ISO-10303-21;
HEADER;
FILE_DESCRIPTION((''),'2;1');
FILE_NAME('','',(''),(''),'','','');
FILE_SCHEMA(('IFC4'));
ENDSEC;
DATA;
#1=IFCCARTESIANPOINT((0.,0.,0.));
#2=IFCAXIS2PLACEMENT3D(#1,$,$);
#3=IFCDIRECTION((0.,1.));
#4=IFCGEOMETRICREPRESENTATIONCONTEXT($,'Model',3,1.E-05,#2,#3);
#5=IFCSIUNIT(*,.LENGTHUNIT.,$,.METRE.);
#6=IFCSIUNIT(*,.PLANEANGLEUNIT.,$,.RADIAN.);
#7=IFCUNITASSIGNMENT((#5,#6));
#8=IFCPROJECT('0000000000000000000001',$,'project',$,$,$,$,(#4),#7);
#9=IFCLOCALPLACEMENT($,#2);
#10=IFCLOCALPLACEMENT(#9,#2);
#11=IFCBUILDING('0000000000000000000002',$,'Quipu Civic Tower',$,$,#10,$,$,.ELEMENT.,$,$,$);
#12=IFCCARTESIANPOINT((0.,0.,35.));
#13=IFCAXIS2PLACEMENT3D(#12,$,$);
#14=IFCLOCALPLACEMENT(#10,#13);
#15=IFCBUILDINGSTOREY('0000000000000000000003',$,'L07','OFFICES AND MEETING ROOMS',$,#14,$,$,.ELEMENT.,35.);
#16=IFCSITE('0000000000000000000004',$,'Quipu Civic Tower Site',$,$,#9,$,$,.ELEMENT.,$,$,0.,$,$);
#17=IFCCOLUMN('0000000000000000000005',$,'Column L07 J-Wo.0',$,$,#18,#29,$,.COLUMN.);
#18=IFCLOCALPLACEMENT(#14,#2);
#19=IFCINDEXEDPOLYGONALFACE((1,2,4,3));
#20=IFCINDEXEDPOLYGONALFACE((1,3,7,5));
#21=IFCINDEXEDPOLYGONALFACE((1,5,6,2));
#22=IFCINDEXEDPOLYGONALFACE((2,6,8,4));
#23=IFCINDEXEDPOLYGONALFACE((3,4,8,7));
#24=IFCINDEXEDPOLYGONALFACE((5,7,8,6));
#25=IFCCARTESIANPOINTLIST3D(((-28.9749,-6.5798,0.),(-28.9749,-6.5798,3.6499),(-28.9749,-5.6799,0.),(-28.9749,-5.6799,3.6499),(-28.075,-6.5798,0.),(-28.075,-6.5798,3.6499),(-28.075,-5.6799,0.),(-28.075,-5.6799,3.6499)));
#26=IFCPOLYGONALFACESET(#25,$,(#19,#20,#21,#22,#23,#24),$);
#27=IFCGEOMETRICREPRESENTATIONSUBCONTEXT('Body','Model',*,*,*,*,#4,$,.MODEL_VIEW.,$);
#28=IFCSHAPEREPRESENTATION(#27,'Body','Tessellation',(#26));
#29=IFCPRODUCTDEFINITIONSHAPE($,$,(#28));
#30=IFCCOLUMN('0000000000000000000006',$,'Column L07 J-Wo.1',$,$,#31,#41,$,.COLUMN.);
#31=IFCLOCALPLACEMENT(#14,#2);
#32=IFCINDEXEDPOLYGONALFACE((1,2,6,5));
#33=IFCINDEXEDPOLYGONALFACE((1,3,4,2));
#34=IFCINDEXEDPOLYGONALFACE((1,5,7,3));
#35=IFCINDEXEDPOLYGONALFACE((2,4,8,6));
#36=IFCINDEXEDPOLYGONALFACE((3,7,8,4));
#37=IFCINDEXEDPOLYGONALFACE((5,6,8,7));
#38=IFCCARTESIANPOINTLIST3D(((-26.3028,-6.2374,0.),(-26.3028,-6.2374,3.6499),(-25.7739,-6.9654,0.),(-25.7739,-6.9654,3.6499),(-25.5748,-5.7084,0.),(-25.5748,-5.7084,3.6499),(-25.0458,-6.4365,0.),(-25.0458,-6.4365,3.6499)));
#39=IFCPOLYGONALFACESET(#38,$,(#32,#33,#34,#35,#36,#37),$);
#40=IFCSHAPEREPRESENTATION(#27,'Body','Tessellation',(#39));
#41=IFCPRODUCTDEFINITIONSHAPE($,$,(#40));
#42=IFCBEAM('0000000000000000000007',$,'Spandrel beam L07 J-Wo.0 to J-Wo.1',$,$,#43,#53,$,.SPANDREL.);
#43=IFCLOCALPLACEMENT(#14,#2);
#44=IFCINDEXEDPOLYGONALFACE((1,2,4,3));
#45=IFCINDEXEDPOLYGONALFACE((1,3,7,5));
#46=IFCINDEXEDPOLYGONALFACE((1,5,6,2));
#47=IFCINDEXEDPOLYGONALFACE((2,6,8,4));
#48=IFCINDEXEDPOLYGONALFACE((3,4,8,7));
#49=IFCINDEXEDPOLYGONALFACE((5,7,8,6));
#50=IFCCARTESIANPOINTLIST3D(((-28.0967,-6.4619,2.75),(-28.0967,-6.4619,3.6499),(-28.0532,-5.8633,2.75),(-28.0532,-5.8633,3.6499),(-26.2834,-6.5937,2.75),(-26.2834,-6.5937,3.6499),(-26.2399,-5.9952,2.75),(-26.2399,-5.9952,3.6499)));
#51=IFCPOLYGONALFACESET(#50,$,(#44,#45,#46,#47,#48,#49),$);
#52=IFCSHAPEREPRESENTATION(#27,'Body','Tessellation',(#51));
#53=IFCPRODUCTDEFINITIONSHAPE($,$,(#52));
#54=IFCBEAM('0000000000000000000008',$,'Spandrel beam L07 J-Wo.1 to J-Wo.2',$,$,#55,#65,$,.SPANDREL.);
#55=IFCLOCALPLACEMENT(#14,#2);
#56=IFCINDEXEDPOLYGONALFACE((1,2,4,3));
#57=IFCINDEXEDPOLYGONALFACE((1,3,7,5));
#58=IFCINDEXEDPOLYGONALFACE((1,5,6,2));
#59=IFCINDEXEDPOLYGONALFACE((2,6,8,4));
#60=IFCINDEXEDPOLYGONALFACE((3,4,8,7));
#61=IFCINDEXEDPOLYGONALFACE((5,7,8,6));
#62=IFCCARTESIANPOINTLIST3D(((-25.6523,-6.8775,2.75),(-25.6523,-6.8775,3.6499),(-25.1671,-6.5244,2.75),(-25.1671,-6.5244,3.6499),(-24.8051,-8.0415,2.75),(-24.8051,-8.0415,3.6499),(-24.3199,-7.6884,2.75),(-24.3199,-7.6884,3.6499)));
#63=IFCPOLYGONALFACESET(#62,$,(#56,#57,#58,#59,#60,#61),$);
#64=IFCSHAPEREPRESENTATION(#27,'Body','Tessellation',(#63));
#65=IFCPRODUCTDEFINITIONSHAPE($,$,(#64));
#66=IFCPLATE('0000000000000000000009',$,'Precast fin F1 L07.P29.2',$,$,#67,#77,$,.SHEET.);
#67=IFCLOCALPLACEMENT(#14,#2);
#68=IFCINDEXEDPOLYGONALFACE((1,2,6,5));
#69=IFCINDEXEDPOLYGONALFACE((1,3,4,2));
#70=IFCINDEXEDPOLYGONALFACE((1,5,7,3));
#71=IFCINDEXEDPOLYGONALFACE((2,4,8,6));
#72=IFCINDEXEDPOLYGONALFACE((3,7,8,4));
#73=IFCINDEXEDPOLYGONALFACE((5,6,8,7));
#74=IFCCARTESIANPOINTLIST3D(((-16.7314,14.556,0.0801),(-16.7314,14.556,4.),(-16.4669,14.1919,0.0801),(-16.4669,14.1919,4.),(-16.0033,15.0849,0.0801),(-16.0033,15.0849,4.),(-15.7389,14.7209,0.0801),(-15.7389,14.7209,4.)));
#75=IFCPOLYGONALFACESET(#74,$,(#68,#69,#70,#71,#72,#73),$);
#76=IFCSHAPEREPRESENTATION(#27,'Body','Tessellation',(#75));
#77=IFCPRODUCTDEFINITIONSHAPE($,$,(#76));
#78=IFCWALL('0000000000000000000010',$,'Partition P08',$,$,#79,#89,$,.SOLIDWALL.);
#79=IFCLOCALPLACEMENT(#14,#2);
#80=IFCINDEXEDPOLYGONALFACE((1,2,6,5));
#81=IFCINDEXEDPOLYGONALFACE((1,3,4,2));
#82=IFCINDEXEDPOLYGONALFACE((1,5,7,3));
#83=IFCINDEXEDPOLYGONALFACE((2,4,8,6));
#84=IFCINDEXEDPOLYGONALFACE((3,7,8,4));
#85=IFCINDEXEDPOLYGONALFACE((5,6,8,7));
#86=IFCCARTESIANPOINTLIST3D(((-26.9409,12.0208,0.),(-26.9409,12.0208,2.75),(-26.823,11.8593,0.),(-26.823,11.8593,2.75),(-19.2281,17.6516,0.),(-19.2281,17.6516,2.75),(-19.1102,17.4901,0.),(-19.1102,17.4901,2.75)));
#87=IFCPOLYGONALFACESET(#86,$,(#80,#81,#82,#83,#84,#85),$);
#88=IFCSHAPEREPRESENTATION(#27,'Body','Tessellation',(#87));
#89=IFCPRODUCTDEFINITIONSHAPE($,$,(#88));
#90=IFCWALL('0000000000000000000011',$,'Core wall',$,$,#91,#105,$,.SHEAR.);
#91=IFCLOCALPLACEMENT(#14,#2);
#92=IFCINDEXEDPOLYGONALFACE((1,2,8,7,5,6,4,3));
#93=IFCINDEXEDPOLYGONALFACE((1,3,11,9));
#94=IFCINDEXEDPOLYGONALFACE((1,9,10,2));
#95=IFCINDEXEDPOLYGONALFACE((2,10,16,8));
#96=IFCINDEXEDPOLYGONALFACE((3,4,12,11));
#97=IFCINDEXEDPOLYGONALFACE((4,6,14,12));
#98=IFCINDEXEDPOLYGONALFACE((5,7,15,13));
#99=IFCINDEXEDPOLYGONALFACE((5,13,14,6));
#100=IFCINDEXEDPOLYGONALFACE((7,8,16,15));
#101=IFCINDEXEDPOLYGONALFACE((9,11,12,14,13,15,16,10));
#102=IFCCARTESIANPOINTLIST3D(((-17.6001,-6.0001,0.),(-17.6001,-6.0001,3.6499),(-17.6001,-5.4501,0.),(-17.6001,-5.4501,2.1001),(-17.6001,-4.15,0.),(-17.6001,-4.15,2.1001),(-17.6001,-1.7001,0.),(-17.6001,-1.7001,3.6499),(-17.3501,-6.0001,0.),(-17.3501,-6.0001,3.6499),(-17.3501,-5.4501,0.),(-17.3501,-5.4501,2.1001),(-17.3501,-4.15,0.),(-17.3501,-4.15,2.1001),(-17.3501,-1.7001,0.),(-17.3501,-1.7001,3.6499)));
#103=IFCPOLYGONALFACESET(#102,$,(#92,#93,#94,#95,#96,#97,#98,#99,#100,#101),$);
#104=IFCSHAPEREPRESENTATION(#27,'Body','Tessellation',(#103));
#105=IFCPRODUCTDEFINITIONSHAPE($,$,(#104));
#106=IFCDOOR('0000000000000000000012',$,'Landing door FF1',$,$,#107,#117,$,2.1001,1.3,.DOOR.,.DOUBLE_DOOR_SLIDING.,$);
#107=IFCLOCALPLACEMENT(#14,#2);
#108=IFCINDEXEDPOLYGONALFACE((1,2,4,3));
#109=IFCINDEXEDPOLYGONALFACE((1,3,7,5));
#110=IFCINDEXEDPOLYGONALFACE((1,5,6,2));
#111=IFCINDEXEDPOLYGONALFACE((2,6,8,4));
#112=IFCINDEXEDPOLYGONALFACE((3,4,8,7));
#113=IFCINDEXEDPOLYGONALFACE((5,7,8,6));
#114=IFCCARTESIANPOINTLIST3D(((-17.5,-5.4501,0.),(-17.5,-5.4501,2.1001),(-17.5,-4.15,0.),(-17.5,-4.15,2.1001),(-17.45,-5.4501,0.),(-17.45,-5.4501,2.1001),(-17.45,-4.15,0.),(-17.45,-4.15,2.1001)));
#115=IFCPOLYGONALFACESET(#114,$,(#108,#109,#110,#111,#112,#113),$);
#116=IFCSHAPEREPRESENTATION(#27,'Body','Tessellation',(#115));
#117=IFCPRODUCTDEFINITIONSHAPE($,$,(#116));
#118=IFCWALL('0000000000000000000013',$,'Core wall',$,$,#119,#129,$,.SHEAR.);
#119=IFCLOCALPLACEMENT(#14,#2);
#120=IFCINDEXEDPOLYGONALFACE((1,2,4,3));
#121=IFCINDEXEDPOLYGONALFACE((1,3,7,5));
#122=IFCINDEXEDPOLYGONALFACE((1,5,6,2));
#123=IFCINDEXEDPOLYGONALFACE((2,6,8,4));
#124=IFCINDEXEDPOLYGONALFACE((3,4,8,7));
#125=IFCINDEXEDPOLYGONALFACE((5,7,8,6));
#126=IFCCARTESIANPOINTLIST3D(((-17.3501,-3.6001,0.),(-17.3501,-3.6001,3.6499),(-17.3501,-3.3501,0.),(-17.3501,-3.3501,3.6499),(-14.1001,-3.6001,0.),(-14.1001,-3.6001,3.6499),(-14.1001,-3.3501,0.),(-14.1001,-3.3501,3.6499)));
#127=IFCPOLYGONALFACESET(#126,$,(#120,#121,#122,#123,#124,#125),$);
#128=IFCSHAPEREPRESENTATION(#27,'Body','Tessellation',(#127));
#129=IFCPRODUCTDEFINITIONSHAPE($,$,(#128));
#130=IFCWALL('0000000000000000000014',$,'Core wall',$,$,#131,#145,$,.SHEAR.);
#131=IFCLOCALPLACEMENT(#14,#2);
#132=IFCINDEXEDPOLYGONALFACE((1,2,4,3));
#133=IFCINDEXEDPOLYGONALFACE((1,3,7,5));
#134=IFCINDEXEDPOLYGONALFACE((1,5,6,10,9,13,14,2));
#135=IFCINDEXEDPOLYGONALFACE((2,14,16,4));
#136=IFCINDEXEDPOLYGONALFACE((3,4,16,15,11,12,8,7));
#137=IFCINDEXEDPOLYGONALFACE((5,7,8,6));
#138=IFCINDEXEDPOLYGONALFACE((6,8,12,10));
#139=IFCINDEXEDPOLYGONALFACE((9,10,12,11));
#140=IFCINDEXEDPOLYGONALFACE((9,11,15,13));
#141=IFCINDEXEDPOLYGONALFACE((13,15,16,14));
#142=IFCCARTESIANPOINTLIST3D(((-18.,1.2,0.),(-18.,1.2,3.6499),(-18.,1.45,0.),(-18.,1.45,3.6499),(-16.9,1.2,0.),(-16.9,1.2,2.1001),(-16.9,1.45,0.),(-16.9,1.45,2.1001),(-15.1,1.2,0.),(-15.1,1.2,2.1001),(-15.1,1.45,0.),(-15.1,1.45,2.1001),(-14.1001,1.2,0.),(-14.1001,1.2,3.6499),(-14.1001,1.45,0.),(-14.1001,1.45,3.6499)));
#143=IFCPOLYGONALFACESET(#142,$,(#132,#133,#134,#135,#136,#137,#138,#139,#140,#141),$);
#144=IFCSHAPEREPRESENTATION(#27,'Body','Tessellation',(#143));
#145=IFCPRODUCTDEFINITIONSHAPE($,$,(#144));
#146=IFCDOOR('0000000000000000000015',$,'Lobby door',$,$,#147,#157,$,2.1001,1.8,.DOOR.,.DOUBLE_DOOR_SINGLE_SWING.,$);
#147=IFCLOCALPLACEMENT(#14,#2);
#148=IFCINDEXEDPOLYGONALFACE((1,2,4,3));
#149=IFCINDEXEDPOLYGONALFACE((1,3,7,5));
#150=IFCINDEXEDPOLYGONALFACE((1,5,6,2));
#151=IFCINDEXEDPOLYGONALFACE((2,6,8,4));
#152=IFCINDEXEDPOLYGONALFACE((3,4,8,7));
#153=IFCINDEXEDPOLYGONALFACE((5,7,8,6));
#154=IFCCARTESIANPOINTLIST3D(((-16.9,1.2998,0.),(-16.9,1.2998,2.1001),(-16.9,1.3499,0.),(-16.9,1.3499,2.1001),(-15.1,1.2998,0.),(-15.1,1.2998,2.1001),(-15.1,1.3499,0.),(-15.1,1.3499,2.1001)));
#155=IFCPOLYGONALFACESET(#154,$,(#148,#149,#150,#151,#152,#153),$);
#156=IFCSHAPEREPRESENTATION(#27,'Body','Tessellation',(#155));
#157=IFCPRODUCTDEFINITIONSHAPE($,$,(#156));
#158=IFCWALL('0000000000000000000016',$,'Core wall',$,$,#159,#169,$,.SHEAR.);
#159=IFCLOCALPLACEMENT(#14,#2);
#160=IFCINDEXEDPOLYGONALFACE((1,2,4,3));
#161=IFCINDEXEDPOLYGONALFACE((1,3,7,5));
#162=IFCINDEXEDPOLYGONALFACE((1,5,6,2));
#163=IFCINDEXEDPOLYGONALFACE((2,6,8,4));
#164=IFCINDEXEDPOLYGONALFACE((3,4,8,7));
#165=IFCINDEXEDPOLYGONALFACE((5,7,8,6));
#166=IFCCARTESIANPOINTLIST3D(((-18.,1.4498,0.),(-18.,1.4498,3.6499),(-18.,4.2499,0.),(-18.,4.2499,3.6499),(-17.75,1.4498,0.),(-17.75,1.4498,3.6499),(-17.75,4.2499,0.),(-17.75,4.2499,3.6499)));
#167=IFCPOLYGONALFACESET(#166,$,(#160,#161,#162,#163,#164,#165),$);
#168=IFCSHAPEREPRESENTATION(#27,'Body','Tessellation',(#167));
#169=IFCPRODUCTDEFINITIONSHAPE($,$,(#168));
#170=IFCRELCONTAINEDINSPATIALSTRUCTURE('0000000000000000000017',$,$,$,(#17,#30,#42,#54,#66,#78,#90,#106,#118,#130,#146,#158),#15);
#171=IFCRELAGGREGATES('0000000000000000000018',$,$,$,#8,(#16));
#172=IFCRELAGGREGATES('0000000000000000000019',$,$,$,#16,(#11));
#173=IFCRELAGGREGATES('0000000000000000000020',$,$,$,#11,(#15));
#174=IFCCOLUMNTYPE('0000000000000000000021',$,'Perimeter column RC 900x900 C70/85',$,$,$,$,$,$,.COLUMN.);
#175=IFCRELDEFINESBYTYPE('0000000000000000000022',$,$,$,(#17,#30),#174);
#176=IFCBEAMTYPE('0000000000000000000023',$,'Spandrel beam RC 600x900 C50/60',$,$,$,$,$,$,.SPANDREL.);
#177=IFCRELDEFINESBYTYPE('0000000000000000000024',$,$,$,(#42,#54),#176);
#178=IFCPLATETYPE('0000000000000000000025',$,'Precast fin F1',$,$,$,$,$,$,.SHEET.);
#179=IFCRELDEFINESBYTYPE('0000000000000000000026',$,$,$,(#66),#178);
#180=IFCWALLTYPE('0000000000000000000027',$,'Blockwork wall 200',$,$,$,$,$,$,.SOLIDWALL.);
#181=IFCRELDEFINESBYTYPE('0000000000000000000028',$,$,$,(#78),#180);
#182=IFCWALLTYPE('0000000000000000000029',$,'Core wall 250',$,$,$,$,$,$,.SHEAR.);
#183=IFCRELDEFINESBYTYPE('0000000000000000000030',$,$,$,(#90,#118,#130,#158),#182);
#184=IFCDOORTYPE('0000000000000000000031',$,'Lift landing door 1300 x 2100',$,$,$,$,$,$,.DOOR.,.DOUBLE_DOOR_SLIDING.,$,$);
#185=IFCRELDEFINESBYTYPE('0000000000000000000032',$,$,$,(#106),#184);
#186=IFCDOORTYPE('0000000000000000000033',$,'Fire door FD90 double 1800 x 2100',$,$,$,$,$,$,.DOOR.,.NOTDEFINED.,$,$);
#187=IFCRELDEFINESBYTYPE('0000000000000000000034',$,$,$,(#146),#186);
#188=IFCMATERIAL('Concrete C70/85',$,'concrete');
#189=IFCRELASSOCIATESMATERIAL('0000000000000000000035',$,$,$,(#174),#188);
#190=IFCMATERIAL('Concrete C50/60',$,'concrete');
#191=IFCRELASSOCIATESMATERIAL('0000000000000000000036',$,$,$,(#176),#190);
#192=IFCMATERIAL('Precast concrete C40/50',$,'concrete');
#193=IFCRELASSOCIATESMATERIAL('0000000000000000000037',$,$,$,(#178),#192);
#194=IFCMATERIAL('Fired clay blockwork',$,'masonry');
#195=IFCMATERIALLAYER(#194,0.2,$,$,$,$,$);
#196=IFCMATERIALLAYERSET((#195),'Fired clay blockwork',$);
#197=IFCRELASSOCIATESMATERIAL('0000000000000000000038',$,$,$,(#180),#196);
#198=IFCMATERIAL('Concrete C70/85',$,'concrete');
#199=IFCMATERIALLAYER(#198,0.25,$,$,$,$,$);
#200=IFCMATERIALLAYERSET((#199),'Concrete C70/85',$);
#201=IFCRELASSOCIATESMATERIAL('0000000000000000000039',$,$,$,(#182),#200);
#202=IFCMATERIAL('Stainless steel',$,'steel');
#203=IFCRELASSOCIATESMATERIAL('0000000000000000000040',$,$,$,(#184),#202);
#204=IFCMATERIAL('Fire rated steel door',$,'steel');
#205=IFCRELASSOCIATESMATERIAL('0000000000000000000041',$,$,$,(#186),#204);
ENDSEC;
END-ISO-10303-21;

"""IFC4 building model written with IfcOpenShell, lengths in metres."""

from ifc_helpers import new_model, si_unit, direction, frame, frame_2d, origin, origin_2d, place, context, subcontext, project, spatial, rectangle, extrude, material, layer, layer_set, material_profile, profile_set, type_object, element, fill, save


model = new_model("IFC4")

# Units and contexts
model_context = context("Model", 3, precision=1e-05, world=origin(), true_north=direction((0.0, 1.0)))
body_context = subcontext(model_context, "Body", "Model", "MODEL_VIEW")
ifc_project = project(units=[si_unit("LENGTHUNIT", "METRE"), si_unit("PLANEANGLEUNIT", "RADIAN")], contexts=[model_context])

# Site, building, storey
site_placement = place(None, origin())
site = spatial("IfcSite", under=ifc_project, at=site_placement, Name="Quipu Civic Tower Site", CompositionType="ELEMENT", RefElevation=0.0)
building_placement = place(site_placement, origin())
building = spatial("IfcBuilding", under=site, at=building_placement, Name="Quipu Civic Tower", CompositionType="ELEMENT")
storey_placement = place(building_placement, frame((0.0, 0.0, 35.0)))
storey = spatial("IfcBuildingStorey", under=building, at=storey_placement, Name="L07", Description="OFFICES AND MEETING ROOMS", CompositionType="ELEMENT", Elevation=35.0)

# Columns
ifc_material_1 = material(Name="Concrete C70/85", Category="concrete")
ifc_material_profile_1 = material_profile(ifc_material_1, rectangle(XDim=0.8999, YDim=0.8999, at=origin_2d()), Name="RC900x900")
ifc_profile_set_1 = profile_set([ifc_material_profile_1], Name="Concrete C70/85")
column_type = type_object("IfcColumnType", Name="Perimeter column RC 900x900 C70/85", PredefinedType="COLUMN", material=ifc_profile_set_1)
for number, where, z_axis, x_axis, name in (
    (1, (-28.5249, -6.1299, 0.0), (0.0, 0.0, 1.0), (1.0, 0.0, 0.0), "Column L07 J-Wo.0"),
    (2, (-25.6743, -6.3369, 0.0), (0.0, 0.0, 1.0), (0.587785, -0.809017, 0.0), "Column L07 J-Wo.1"),
):
    element("IfcColumn", number, at=place(storey_placement, frame(where, z_axis=z_axis, x_axis=x_axis)), inside=storey, type_object=column_type, Name=name, PredefinedType="COLUMN", context=body_context, shape_type="SweptSolid", body=[
        extrude(rectangle(XDim=0.8999, YDim=0.8999, at=origin_2d()), origin(), (0.0, 0.0, 1.0), 3.6499),
    ])

# Beams
ifc_material_2 = material(Name="Concrete C50/60", Category="concrete")
ifc_material_profile_2 = material_profile(ifc_material_2, rectangle(XDim=0.6001, YDim=0.8999, at=origin_2d()), Name="RC600x900")
ifc_profile_set_2 = profile_set([ifc_material_profile_2], Name="Concrete C50/60")
beam_type = type_object("IfcBeamType", Name="Spandrel beam RC 600x900 C50/60", PredefinedType="SPANDREL", material=ifc_profile_set_2)
beam_1_placement = place(storey_placement, frame((-28.075, -6.1626, 3.2), z_axis=(0.997367, -0.072516, 0.0), x_axis=(0.072516, 0.997367, 0.0)))
element("IfcBeam", 3, at=beam_1_placement, inside=storey, type_object=beam_type, Name="Spandrel beam L07 J-Wo.0 to J-Wo.1", PredefinedType="SPANDREL", context=body_context, shape_type="SweptSolid", body=[
    extrude(rectangle(XDim=0.6001, YDim=0.8999, at=origin_2d()), origin(), (0.0, 0.0, 1.0), 1.8181),
])
beam_2_placement = place(storey_placement, frame((-25.4097, -6.7009, 3.2), z_axis=(0.588434, -0.808545, 0.0), x_axis=(0.808545, 0.588434, 0.0)))
element("IfcBeam", 4, at=beam_2_placement, inside=storey, type_object=beam_type, Name="Spandrel beam L07 J-Wo.1 to J-Wo.2", PredefinedType="SPANDREL", context=body_context, shape_type="SweptSolid", body=[
    extrude(rectangle(XDim=0.6001, YDim=0.8999, at=origin_2d()), origin(), (0.0, 0.0, 1.0), 1.4397),
])

# Plate
ifc_material_3 = material(Name="Precast concrete C40/50", Category="concrete")
plate_type = type_object("IfcPlateType", Name="Precast fin F1", PredefinedType="SHEET", material=ifc_material_3)
plate_placement = place(storey_placement, frame((-16.2351, 14.6384, 0.0801), z_axis=(0.0, 0.0, 1.0), x_axis=(-0.587785, 0.809017, 0.0)))
element("IfcPlate", 5, at=plate_placement, inside=storey, type_object=plate_type, Name="Precast fin F1 L07.P29.2", PredefinedType="SHEET", context=body_context, shape_type="SweptSolid", body=[
    extrude(rectangle(XDim=0.45, YDim=0.8999, at=origin_2d()), origin(), (0.0, 0.0, 1.0), 3.9199),
])

# Wall
ifc_material_4 = material(Name="Fired clay blockwork", Category="masonry")
ifc_layer_1 = layer(ifc_material_4, 0.2)
ifc_layer_set_1 = layer_set([ifc_layer_1], Name="Fired clay blockwork")
wall_type_1 = type_object("IfcWallType", Name="Blockwork wall 200", PredefinedType="SOLIDWALL", material=ifc_layer_set_1)
wall_1_placement = place(storey_placement, frame((-26.8821, 11.9399, 0.0), z_axis=(0.0, 0.0, 1.0), x_axis=(0.807665, 0.589642, 0.0)))
element("IfcWall", 6, at=wall_1_placement, inside=storey, type_object=wall_type_1, Name="Partition P08", PredefinedType="SOLIDWALL", context=body_context, shape_type="SweptSolid", body=[
    extrude(rectangle(XDim=9.5496, YDim=0.2, at=frame_2d((4.7749, 0.0))), origin(), (0.0, 0.0, 1.0), 2.75),
])

# Wall, opening, door
ifc_material_5 = material(Name="Concrete C70/85", Category="concrete")
ifc_layer_2 = layer(ifc_material_5, 0.25)
ifc_layer_set_2 = layer_set([ifc_layer_2], Name="Concrete C70/85")
wall_type_2 = type_object("IfcWallType", Name="Core wall 250", PredefinedType="SHEAR", material=ifc_layer_set_2)
wall_2_placement = place(storey_placement, frame((-17.4751, -6.0, 0.0), z_axis=(0.0, 0.0, 1.0), x_axis=(0.0, 1.0, 0.0)))
wall_2 = element("IfcWall", 7, at=wall_2_placement, inside=storey, type_object=wall_type_2, Name="Core wall", PredefinedType="SHEAR", context=body_context, shape_type="SweptSolid", body=[
    extrude(rectangle(XDim=4.3, YDim=0.25, at=frame_2d((2.1499, 0.0))), origin(), (0.0, 0.0, 1.0), 3.6499),
])
opening_1_placement = place(wall_2_placement, frame((0.55, 0.0, 0.0)))
opening_1 = element("IfcOpeningElement", 8, at=opening_1_placement, cuts=wall_2, PredefinedType="OPENING", context=body_context, shape_type="SweptSolid", body=[
    extrude(rectangle(XDim=1.3, YDim=2.1001, at=frame_2d((0.6499, 1.05))), frame((0.0, 0.135, 0.0), z_axis=(0.0, -1.0, 0.0), x_axis=(1.0, 0.0, 0.0)), (0.0, 0.0, 1.0), 0.27),
])
ifc_material_6 = material(Name="Stainless steel", Category="steel")
door_type_1 = type_object("IfcDoorType", Name="Lift landing door 1300 x 2100", OperationType="DOUBLE_DOOR_SLIDING", PredefinedType="DOOR", material=ifc_material_6)
door_1_placement = place(opening_1_placement, origin())
door_1 = element("IfcDoor", 9, at=door_1_placement, inside=storey, type_object=door_type_1, Name="Landing door FF1", OperationType="DOUBLE_DOOR_SLIDING", OverallHeight=2.1001, OverallWidth=1.3, PredefinedType="DOOR", context=body_context, shape_type="SweptSolid", body=[
    extrude(rectangle(XDim=1.3, YDim=2.1001, at=frame_2d((0.6499, 1.05))), frame((0.0, 0.0249, 0.0), z_axis=(0.0, -1.0, 0.0), x_axis=(1.0, 0.0, 0.0)), (0.0, 0.0, 1.0), 0.05),
])
fill(opening_1, door_1)

# Wall
wall_3_placement = place(storey_placement, frame((-17.3501, -3.4751, 0.0), z_axis=(0.0, 0.0, 1.0), x_axis=(1.0, 0.0, 0.0)))
element("IfcWall", 10, at=wall_3_placement, inside=storey, type_object=wall_type_2, Name="Core wall", PredefinedType="SHEAR", context=body_context, shape_type="SweptSolid", body=[
    extrude(rectangle(XDim=3.25, YDim=0.25, at=frame_2d((1.625, 0.0))), origin(), (0.0, 0.0, 1.0), 3.6499),
])

# Wall, opening, door
wall_4_placement = place(storey_placement, frame((-18.0, 1.325, 0.0), z_axis=(0.0, 0.0, 1.0), x_axis=(1.0, 0.0, 0.0)))
wall_4 = element("IfcWall", 11, at=wall_4_placement, inside=storey, type_object=wall_type_2, Name="Core wall", PredefinedType="SHEAR", context=body_context, shape_type="SweptSolid", body=[
    extrude(rectangle(XDim=3.8999, YDim=0.25, at=frame_2d((1.95, 0.0))), origin(), (0.0, 0.0, 1.0), 3.6499),
])
opening_2_placement = place(wall_4_placement, frame((1.1001, 0.0, 0.0)))
opening_2 = element("IfcOpeningElement", 12, at=opening_2_placement, cuts=wall_4, PredefinedType="OPENING", context=body_context, shape_type="SweptSolid", body=[
    extrude(rectangle(XDim=1.8, YDim=2.1001, at=frame_2d((0.8999, 1.05))), frame((0.0, 0.135, 0.0), z_axis=(0.0, -1.0, 0.0), x_axis=(1.0, 0.0, 0.0)), (0.0, 0.0, 1.0), 0.27),
])
ifc_material_7 = material(Name="Fire rated steel door", Category="steel")
door_type_2 = type_object("IfcDoorType", Name="Fire door FD90 double 1800 x 2100", OperationType="NOTDEFINED", PredefinedType="DOOR", material=ifc_material_7)
door_2_placement = place(opening_2_placement, origin())
door_2 = element("IfcDoor", 13, at=door_2_placement, inside=storey, type_object=door_type_2, Name="Lobby door", OperationType="DOUBLE_DOOR_SINGLE_SWING", OverallHeight=2.1001, OverallWidth=1.8, PredefinedType="DOOR", context=body_context, shape_type="SweptSolid", body=[
    extrude(rectangle(XDim=1.8, YDim=2.1001, at=frame_2d((0.8999, 1.05))), frame((0.0, 0.0249, 0.0), z_axis=(0.0, -1.0, 0.0), x_axis=(1.0, 0.0, 0.0)), (0.0, 0.0, 1.0), 0.05),
])
fill(opening_2, door_2)

# Wall
wall_5_placement = place(storey_placement, frame((-17.875, 1.45, 0.0), z_axis=(0.0, 0.0, 1.0), x_axis=(0.0, 1.0, 0.0)))
element("IfcWall", 14, at=wall_5_placement, inside=storey, type_object=wall_type_2, Name="Core wall", PredefinedType="SHEAR", context=body_context, shape_type="SweptSolid", body=[
    extrude(rectangle(XDim=2.8, YDim=0.25, at=frame_2d((1.3999, 0.0))), origin(), (0.0, 0.0, 1.0), 3.6499),
])

save(model, "model.ifc")
